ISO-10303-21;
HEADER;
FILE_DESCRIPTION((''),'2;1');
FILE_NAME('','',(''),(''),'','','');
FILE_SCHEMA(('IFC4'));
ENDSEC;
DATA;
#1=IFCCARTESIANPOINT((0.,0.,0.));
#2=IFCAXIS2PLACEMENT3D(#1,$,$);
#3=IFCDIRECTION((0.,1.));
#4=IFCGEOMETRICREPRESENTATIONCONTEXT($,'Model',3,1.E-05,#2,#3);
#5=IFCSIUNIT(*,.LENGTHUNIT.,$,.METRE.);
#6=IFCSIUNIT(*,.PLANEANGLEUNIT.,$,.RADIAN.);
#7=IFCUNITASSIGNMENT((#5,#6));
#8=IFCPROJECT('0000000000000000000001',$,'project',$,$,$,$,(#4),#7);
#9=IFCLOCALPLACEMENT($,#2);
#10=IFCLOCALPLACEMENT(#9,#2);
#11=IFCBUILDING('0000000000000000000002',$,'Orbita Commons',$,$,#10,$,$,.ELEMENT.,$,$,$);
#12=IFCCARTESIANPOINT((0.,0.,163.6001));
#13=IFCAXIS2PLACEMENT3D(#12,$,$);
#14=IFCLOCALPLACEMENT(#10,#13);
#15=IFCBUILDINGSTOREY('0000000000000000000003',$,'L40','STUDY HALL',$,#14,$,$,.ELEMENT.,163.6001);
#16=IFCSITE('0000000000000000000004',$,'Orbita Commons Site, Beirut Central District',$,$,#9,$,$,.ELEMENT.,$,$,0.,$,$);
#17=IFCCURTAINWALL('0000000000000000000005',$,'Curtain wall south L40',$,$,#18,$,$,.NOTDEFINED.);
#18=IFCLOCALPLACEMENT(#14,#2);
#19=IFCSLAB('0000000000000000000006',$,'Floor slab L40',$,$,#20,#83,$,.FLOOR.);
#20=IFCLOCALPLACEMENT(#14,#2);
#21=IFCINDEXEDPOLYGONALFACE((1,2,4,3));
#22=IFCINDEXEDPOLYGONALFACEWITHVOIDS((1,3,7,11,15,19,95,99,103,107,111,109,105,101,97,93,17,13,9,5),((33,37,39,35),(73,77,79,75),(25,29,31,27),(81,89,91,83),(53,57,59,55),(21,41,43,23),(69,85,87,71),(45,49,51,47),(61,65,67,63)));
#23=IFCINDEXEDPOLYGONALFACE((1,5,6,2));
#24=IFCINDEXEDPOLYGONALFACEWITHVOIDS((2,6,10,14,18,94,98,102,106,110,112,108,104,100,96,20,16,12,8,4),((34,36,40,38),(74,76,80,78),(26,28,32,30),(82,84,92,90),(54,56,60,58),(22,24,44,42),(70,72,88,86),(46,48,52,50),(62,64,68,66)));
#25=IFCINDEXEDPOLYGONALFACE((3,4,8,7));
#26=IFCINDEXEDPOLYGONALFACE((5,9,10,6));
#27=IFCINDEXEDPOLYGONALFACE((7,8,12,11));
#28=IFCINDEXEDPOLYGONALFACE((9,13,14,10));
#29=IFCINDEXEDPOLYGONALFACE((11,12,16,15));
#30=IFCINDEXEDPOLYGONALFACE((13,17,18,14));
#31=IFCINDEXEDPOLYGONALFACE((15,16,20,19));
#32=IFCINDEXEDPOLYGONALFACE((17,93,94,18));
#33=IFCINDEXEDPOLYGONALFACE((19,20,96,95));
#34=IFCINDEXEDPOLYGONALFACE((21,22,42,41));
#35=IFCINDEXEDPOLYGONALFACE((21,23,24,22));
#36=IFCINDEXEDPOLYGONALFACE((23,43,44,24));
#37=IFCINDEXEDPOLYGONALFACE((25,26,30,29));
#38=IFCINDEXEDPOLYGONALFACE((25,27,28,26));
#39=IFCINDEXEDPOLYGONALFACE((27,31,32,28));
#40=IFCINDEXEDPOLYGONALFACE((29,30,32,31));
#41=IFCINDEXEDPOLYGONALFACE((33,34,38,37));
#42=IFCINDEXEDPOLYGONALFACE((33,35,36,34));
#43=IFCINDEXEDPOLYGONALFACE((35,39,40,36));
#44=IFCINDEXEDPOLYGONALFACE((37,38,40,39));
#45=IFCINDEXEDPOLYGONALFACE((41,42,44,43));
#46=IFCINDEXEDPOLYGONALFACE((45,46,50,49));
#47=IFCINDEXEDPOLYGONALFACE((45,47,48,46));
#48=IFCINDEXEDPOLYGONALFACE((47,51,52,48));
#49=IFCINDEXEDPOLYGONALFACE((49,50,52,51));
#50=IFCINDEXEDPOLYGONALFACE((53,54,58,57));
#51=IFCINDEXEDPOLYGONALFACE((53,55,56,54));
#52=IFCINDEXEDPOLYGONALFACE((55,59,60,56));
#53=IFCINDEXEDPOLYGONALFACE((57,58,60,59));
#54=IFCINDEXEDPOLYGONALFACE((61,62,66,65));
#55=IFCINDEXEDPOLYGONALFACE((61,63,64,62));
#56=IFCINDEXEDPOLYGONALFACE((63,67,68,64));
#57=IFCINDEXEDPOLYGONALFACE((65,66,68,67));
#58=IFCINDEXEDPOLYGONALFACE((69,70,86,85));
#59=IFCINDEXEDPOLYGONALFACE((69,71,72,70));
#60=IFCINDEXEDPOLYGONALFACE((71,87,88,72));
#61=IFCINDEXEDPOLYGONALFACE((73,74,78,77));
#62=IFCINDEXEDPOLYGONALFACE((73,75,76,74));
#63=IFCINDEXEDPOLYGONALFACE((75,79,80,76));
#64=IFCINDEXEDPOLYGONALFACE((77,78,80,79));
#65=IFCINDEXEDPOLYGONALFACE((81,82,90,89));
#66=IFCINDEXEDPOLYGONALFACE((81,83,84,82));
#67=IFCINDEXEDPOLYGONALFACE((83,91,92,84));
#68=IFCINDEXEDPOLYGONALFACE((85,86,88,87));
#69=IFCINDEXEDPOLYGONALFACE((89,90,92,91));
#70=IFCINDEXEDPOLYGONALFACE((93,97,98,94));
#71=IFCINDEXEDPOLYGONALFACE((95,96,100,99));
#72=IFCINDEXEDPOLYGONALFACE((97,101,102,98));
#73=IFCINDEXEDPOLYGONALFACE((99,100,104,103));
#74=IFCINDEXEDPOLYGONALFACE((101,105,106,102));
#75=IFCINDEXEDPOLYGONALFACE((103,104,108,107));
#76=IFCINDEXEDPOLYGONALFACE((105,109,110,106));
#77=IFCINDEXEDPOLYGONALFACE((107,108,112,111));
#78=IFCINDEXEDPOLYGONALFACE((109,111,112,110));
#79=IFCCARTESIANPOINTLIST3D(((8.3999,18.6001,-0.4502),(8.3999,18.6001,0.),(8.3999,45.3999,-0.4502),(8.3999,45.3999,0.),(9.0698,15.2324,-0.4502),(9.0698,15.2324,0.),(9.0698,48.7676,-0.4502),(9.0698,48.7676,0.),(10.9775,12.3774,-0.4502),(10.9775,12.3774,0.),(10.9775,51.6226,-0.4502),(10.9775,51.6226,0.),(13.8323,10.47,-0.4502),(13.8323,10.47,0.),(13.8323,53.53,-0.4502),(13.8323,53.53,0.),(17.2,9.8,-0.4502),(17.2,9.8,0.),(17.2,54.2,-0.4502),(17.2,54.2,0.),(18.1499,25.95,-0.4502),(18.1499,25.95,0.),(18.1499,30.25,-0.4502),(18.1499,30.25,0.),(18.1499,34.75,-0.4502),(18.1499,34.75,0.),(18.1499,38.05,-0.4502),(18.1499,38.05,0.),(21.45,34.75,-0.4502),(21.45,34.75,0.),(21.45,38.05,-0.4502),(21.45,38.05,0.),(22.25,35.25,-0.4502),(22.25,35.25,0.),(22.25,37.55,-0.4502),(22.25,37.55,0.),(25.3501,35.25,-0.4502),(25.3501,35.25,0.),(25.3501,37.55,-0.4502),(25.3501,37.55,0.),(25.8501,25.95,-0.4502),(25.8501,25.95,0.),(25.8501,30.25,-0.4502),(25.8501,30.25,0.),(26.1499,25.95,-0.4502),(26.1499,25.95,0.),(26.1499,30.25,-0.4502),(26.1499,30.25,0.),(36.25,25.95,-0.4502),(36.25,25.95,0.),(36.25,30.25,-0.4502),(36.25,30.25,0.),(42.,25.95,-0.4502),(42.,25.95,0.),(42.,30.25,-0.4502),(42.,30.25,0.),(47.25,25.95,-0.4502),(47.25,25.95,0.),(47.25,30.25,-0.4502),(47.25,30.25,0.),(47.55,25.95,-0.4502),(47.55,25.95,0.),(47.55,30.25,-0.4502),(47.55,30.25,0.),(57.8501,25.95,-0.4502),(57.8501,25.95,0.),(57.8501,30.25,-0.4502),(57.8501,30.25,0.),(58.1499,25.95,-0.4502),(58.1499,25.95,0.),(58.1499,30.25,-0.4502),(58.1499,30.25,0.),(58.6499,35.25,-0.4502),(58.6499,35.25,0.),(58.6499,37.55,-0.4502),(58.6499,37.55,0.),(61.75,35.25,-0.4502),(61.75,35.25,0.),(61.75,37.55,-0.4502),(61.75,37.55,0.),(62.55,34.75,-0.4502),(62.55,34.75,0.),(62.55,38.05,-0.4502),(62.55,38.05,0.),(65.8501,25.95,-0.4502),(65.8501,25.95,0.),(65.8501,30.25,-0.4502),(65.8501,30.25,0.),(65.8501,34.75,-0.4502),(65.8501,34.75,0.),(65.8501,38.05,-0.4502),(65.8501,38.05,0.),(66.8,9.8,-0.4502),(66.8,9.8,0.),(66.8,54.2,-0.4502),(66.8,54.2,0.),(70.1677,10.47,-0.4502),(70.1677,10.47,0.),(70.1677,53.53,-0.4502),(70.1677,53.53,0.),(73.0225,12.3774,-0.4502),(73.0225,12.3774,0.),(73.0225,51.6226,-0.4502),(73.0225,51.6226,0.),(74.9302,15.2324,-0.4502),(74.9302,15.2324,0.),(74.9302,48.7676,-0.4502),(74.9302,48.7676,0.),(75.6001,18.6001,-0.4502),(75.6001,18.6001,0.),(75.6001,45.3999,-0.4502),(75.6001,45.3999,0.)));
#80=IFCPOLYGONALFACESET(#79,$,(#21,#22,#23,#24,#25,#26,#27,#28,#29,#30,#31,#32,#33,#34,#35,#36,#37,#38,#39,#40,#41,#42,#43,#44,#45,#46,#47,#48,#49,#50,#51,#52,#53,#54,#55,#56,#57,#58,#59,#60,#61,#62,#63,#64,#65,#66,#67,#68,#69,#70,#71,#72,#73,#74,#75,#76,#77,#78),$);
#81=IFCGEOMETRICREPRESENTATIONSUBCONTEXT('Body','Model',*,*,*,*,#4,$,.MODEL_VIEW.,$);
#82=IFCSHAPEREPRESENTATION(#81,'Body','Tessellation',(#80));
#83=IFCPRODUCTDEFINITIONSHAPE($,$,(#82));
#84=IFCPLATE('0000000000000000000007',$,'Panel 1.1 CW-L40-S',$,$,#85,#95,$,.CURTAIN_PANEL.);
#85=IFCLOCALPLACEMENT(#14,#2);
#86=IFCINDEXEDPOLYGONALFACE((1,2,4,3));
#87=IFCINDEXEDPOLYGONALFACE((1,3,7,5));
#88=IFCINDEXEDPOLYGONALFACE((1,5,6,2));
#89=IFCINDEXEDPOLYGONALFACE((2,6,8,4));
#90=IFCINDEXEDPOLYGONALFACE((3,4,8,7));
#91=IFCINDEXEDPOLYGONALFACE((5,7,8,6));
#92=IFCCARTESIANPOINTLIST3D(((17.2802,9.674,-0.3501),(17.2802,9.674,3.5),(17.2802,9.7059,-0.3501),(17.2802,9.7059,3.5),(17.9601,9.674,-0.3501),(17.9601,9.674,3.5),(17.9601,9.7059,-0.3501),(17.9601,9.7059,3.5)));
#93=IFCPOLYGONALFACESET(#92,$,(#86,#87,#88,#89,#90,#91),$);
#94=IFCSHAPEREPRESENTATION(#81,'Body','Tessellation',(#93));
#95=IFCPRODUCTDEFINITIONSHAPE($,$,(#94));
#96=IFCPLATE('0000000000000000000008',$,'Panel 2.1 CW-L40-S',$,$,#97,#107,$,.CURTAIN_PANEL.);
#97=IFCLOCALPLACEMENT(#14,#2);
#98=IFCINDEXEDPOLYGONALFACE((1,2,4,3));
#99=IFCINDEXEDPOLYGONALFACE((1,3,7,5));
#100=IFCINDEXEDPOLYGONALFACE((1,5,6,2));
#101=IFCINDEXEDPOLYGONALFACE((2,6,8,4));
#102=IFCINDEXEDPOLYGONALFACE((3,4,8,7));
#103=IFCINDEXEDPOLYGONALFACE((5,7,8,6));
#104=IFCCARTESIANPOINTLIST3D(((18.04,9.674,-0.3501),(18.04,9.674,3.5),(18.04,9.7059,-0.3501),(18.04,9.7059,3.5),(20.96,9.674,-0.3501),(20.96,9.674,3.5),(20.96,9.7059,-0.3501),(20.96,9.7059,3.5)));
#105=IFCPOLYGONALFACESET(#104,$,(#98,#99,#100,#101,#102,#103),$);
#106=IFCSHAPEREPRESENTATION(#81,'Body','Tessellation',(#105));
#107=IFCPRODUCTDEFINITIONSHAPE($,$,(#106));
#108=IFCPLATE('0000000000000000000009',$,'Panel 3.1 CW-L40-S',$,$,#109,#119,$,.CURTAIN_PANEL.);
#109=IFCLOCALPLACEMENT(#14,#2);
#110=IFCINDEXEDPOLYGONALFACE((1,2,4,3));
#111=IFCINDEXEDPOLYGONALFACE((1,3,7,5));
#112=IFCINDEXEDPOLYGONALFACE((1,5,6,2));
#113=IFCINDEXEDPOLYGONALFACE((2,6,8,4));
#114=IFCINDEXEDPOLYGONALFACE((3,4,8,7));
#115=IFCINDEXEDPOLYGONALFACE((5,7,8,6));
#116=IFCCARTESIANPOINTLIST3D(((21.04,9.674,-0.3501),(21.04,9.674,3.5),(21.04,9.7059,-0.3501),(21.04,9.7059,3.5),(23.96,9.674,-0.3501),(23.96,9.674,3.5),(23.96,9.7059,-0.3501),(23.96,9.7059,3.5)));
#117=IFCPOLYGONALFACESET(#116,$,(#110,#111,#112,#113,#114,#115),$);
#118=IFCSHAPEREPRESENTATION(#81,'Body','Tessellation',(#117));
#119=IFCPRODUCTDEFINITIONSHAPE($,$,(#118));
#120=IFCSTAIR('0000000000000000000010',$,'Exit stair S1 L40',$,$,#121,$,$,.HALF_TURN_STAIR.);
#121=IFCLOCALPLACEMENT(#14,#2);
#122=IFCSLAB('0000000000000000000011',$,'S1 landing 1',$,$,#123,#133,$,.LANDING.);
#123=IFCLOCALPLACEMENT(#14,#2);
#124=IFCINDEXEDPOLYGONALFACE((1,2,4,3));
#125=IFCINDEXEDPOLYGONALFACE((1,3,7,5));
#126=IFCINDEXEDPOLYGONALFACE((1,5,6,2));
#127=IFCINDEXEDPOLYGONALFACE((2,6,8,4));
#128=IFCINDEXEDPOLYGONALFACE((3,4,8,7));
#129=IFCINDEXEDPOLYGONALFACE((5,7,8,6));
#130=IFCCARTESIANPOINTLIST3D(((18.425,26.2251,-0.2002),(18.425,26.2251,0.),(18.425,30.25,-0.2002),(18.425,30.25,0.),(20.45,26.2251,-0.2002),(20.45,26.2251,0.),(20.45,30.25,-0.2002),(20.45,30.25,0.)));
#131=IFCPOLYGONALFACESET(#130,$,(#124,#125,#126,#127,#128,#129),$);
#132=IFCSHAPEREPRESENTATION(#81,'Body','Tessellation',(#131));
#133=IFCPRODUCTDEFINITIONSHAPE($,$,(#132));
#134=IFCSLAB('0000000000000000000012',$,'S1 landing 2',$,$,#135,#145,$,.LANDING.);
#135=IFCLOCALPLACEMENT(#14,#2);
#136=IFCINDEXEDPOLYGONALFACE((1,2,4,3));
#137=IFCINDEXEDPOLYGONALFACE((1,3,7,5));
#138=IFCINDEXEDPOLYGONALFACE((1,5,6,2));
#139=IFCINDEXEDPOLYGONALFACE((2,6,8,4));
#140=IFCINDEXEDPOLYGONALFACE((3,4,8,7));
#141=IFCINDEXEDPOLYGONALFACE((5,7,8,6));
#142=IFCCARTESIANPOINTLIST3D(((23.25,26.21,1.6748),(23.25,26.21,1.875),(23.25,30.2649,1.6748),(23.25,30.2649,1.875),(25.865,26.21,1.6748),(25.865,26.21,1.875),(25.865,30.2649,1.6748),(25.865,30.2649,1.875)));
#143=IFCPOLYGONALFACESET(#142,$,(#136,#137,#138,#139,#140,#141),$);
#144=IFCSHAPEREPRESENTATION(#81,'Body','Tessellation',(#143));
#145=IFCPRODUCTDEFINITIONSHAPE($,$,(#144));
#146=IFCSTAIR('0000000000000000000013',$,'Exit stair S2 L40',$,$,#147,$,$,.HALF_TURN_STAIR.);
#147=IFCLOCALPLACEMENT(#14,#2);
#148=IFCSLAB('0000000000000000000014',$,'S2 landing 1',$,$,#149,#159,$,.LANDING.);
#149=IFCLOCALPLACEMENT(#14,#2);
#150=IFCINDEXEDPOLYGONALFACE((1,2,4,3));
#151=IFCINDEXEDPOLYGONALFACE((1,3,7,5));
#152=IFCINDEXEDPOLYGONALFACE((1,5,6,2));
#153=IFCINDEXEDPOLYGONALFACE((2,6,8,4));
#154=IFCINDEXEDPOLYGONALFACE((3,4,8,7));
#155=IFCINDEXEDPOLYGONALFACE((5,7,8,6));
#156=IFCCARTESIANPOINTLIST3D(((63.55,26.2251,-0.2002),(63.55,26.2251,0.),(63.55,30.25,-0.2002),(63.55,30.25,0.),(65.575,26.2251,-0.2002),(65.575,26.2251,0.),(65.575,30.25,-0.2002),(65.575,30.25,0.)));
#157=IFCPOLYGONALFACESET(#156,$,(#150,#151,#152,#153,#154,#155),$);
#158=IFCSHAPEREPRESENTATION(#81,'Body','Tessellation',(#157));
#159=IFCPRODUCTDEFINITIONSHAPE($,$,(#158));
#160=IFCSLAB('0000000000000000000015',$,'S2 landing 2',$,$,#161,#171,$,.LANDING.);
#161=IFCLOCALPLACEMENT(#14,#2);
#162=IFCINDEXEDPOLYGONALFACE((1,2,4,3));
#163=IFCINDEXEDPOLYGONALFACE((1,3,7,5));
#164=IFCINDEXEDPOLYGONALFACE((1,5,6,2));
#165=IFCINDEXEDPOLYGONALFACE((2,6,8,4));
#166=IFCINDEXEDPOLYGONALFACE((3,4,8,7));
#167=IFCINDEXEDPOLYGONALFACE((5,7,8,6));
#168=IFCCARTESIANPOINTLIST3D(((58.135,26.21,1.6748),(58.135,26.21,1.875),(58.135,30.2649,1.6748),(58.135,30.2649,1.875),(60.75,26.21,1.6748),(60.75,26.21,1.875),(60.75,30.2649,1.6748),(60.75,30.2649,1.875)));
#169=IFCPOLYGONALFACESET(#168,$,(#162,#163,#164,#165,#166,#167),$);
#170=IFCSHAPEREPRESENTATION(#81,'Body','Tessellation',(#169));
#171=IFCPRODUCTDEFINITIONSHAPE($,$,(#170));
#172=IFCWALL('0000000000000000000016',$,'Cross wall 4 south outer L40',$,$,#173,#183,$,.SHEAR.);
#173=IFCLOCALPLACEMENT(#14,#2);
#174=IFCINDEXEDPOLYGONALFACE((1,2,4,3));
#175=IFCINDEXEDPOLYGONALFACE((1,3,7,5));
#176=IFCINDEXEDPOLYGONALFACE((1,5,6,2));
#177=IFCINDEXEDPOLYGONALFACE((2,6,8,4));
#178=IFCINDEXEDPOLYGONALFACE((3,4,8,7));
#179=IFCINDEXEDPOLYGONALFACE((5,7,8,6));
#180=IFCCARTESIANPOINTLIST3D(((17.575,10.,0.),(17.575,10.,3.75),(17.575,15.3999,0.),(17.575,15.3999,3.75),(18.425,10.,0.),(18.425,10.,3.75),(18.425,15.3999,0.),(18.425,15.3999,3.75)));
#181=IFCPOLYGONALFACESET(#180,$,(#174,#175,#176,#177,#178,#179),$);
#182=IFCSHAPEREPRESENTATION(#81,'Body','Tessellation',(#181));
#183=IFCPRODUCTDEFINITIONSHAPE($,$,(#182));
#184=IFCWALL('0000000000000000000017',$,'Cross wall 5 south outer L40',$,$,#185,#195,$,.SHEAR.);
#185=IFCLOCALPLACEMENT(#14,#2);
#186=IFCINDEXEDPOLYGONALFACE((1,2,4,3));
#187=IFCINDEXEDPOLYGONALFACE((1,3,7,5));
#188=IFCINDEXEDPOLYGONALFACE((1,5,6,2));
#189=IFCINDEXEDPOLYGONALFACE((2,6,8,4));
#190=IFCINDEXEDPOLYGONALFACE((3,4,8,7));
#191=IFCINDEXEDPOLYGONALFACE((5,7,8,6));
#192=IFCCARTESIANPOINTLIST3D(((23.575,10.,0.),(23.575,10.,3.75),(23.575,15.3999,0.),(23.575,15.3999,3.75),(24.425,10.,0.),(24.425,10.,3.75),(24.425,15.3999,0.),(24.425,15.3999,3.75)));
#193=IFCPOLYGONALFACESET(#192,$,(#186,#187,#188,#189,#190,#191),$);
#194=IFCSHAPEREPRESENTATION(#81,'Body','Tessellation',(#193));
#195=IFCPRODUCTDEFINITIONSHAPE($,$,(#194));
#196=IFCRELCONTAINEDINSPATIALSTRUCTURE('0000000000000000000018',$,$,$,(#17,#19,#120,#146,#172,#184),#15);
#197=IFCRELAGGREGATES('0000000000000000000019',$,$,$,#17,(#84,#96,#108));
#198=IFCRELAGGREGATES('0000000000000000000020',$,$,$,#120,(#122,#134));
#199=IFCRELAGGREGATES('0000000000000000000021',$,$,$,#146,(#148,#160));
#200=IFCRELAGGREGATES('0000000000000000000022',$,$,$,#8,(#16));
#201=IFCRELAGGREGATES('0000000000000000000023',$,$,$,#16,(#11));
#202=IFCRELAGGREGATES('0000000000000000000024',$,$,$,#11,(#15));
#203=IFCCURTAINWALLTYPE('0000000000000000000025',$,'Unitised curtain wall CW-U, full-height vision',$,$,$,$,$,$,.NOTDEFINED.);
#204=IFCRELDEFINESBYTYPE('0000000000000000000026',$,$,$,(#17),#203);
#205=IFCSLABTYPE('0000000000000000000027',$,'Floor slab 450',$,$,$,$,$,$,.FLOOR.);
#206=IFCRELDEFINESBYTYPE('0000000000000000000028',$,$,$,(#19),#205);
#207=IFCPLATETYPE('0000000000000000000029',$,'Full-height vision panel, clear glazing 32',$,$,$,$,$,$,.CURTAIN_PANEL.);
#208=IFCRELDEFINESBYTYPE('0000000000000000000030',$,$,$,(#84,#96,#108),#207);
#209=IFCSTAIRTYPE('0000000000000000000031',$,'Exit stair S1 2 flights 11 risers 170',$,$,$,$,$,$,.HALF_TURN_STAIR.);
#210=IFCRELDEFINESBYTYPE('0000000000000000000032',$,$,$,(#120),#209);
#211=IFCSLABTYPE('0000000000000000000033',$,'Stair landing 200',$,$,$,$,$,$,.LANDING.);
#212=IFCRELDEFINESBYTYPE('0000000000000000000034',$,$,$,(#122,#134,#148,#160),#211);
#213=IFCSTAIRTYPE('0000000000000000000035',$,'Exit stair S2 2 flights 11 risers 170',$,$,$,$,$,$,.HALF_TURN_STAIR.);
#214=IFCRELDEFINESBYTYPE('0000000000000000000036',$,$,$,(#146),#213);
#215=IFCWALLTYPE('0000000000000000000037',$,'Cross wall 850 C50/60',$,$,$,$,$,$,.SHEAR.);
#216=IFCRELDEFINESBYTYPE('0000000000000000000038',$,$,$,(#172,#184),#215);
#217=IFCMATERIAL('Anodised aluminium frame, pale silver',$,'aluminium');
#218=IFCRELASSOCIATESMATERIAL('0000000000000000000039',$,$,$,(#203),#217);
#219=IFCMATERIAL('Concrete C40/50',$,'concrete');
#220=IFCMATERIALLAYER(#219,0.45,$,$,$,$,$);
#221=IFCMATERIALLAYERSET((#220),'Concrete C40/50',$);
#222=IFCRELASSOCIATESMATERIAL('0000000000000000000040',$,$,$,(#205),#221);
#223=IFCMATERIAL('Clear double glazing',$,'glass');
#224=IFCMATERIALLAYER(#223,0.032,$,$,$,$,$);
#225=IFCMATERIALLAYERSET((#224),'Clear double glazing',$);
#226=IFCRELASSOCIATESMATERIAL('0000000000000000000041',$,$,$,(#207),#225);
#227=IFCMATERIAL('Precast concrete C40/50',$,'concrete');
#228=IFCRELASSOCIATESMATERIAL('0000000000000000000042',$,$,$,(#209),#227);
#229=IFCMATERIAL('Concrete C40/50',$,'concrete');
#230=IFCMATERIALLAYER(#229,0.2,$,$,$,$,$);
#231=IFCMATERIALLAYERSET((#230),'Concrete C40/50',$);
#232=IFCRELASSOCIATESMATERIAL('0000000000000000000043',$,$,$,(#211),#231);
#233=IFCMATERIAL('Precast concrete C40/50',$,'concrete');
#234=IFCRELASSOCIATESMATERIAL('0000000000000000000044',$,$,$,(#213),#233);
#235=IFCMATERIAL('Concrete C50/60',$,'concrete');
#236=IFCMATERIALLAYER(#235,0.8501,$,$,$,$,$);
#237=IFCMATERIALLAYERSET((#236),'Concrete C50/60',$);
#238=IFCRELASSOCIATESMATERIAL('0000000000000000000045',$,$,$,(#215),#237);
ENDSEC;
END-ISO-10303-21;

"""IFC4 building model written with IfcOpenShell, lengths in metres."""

from ifc_helpers import new_model, si_unit, direction, frame, frame_2d, origin, origin_2d, place, context, subcontext, project, spatial, polyline, rectangle, outline, extrude, material, layer, layer_set, type_object, element, aggregate, save


model = new_model("IFC4")

# Units and contexts
model_context = context("Model", 3, precision=1e-05, world=origin(), true_north=direction((0.0, 1.0)))
body_context = subcontext(model_context, "Body", "Model", "MODEL_VIEW")
ifc_project = project(units=[si_unit("LENGTHUNIT", "METRE"), si_unit("PLANEANGLEUNIT", "RADIAN")], contexts=[model_context])

# Site, building, storey
site_placement = place(None, origin())
site = spatial("IfcSite", under=ifc_project, at=site_placement, Name="Orbita Commons Site, Beirut Central District", CompositionType="ELEMENT", RefElevation=0.0)
building_placement = place(site_placement, origin())
building = spatial("IfcBuilding", under=site, at=building_placement, Name="Orbita Commons", CompositionType="ELEMENT")
storey_placement = place(building_placement, frame((0.0, 0.0, 163.6001)))
storey = spatial("IfcBuildingStorey", under=building, at=storey_placement, Name="L40", Description="STUDY HALL", CompositionType="ELEMENT", Elevation=163.6001)

# Curtain wall
ifc_material_1 = material(Name="Anodised aluminium frame, pale silver", Category="aluminium")
curtain_wall_type = type_object("IfcCurtainWallType", Name="Unitised curtain wall CW-U, full-height vision", PredefinedType="NOTDEFINED", material=ifc_material_1)
curtain_wall_placement = place(storey_placement, origin())
curtain_wall = element("IfcCurtainWall", 1, at=curtain_wall_placement, inside=storey, type_object=curtain_wall_type, Name="Curtain wall south L40", PredefinedType="NOTDEFINED")

# Slab
ifc_material_2 = material(Name="Concrete C40/50", Category="concrete")
ifc_layer_1 = layer(ifc_material_2, 0.45)
ifc_layer_set_1 = layer_set([ifc_layer_1], Name="Concrete C40/50")
slab_type_1 = type_object("IfcSlabType", Name="Floor slab 450", PredefinedType="FLOOR", material=ifc_layer_set_1)
slab_1_placement = place(storey_placement, frame((0.0, 0.0, -0.4502)))
element("IfcSlab", 2, at=slab_1_placement, inside=storey, type_object=slab_type_1, Name="Floor slab L40", PredefinedType="FLOOR", context=body_context, shape_type="SweptSolid", body=[
    extrude(outline(polyline([(66.8, 9.8), (70.1677, 10.47), (73.0225, 12.3774), (74.9302, 15.2324), (75.6001, 18.6001), (75.6001, 45.3999), (74.9302, 48.7676), (73.0225, 51.6226), (70.1677, 53.53), (66.8, 54.2), (17.2, 54.2), (13.8323, 53.53), (10.9775, 51.6226), (9.0698, 48.7676), (8.3999, 45.3999), (8.3999, 18.6001), (9.0698, 15.2324), (10.9775, 12.3774), (13.8323, 10.47), (17.2, 9.8), (66.8, 9.8)]), holes=[polyline([(18.1499, 25.95), (25.8501, 25.95), (25.8501, 30.25), (18.1499, 30.25), (18.1499, 25.95)]), polyline([(58.1499, 25.95), (65.8501, 25.95), (65.8501, 30.25), (58.1499, 30.25), (58.1499, 25.95)]), polyline([(18.1499, 34.75), (21.45, 34.75), (21.45, 38.05), (18.1499, 38.05), (18.1499, 34.75)]), polyline([(62.55, 34.75), (65.8501, 34.75), (65.8501, 38.05), (62.55, 38.05), (62.55, 34.75)]), polyline([(22.25, 35.25), (25.3501, 35.25), (25.3501, 37.55), (22.25, 37.55), (22.25, 35.25)]), polyline([(58.6499, 35.25), (61.75, 35.25), (61.75, 37.55), (58.6499, 37.55), (58.6499, 35.25)]), polyline([(26.1499, 25.95), (36.25, 25.95), (36.25, 30.25), (26.1499, 30.25), (26.1499, 25.95)]), polyline([(42.0, 25.95), (47.25, 25.95), (47.25, 30.25), (42.0, 30.25), (42.0, 25.95)]), polyline([(47.55, 25.95), (57.8501, 25.95), (57.8501, 30.25), (47.55, 30.25), (47.55, 25.95)])]), origin(), (0.0, 0.0, 1.0), 0.4502),
])

# Plates
ifc_material_3 = material(Name="Clear double glazing", Category="glass")
ifc_layer_2 = layer(ifc_material_3, 0.032)
ifc_layer_set_2 = layer_set([ifc_layer_2], Name="Clear double glazing")
plate_type = type_object("IfcPlateType", Name="Full-height vision panel, clear glazing 32", PredefinedType="CURTAIN_PANEL", material=ifc_layer_set_2)
plate_1_placement = place(storey_placement, frame((17.6201, 9.6899, -0.3501), z_axis=(0.0, 0.0, 1.0), x_axis=(1.0, 0.0, 0.0)))
plate_1 = element("IfcPlate", 3, at=plate_1_placement, type_object=plate_type, Name="Panel 1.1 CW-L40-S", PredefinedType="CURTAIN_PANEL", context=body_context, shape_type="SweptSolid", body=[
    extrude(rectangle(XDim=0.6799, YDim=0.032, at=origin_2d()), origin(), (0.0, 0.0, 1.0), 3.8501),
])
plate_2_placement = place(storey_placement, frame((19.5, 9.6899, -0.3501), z_axis=(0.0, 0.0, 1.0), x_axis=(1.0, 0.0, 0.0)))
plate_2 = element("IfcPlate", 4, at=plate_2_placement, type_object=plate_type, Name="Panel 2.1 CW-L40-S", PredefinedType="CURTAIN_PANEL", context=body_context, shape_type="SweptSolid", body=[
    extrude(rectangle(XDim=2.9199, YDim=0.032, at=origin_2d()), origin(), (0.0, 0.0, 1.0), 3.8501),
])
plate_3_placement = place(storey_placement, frame((22.5, 9.6899, -0.3501), z_axis=(0.0, 0.0, 1.0), x_axis=(1.0, 0.0, 0.0)))
plate_3 = element("IfcPlate", 5, at=plate_3_placement, type_object=plate_type, Name="Panel 3.1 CW-L40-S", PredefinedType="CURTAIN_PANEL", context=body_context, shape_type="SweptSolid", body=[
    extrude(rectangle(XDim=2.9199, YDim=0.032, at=origin_2d()), origin(), (0.0, 0.0, 1.0), 3.8501),
])
aggregate(curtain_wall, [plate_1, plate_2, plate_3])

# Stairs, slabs
ifc_material_4 = material(Name="Precast concrete C40/50", Category="concrete")
stair_type_1 = type_object("IfcStairType", Name="Exit stair S1 2 flights 11 risers 170", PredefinedType="HALF_TURN_STAIR", material=ifc_material_4)
stair_1_placement = place(storey_placement, origin())
stair_1 = element("IfcStair", 6, at=stair_1_placement, inside=storey, type_object=stair_type_1, Name="Exit stair S1 L40", PredefinedType="HALF_TURN_STAIR")
ifc_material_5 = material(Name="Concrete C40/50", Category="concrete")
ifc_layer_3 = layer(ifc_material_5, 0.2)
ifc_layer_set_3 = layer_set([ifc_layer_3], Name="Concrete C40/50")
slab_type_2 = type_object("IfcSlabType", Name="Stair landing 200", PredefinedType="LANDING", material=ifc_layer_set_3)
slab_2_placement = place(storey_placement, frame((0.0, 0.0, -0.2002)))
slab_2 = element("IfcSlab", 7, at=slab_2_placement, type_object=slab_type_2, Name="S1 landing 1", PredefinedType="LANDING", context=body_context, shape_type="SweptSolid", body=[
    extrude(outline(polyline([(18.425, 26.2251), (20.45, 26.2251), (20.45, 30.25), (18.425, 30.25), (18.425, 26.2251)])), origin(), (0.0, 0.0, 1.0), 0.2002),
])
slab_3_placement = place(storey_placement, frame((0.0, 0.0, 1.6748)))
slab_3 = element("IfcSlab", 8, at=slab_3_placement, type_object=slab_type_2, Name="S1 landing 2", PredefinedType="LANDING", context=body_context, shape_type="SweptSolid", body=[
    extrude(outline(polyline([(23.25, 26.21), (25.865, 26.21), (25.865, 30.2649), (23.25, 30.2649), (23.25, 26.21)])), origin(), (0.0, 0.0, 1.0), 0.2002),
])
aggregate(stair_1, [slab_2, slab_3])
ifc_material_6 = material(Name="Precast concrete C40/50", Category="concrete")
stair_type_2 = type_object("IfcStairType", Name="Exit stair S2 2 flights 11 risers 170", PredefinedType="HALF_TURN_STAIR", material=ifc_material_6)
stair_2_placement = place(storey_placement, origin())
stair_2 = element("IfcStair", 9, at=stair_2_placement, inside=storey, type_object=stair_type_2, Name="Exit stair S2 L40", PredefinedType="HALF_TURN_STAIR")
slab_4_placement = place(storey_placement, frame((0.0, 0.0, -0.2002)))
slab_4 = element("IfcSlab", 10, at=slab_4_placement, type_object=slab_type_2, Name="S2 landing 1", PredefinedType="LANDING", context=body_context, shape_type="SweptSolid", body=[
    extrude(outline(polyline([(63.55, 26.2251), (65.575, 26.2251), (65.575, 30.25), (63.55, 30.25), (63.55, 26.2251)])), origin(), (0.0, 0.0, 1.0), 0.2002),
])
slab_5_placement = place(storey_placement, frame((0.0, 0.0, 1.6748)))
slab_5 = element("IfcSlab", 11, at=slab_5_placement, type_object=slab_type_2, Name="S2 landing 2", PredefinedType="LANDING", context=body_context, shape_type="SweptSolid", body=[
    extrude(outline(polyline([(58.135, 26.21), (60.75, 26.21), (60.75, 30.2649), (58.135, 30.2649), (58.135, 26.21)])), origin(), (0.0, 0.0, 1.0), 0.2002),
])
aggregate(stair_2, [slab_4, slab_5])

# Walls
ifc_material_7 = material(Name="Concrete C50/60", Category="concrete")
ifc_layer_4 = layer(ifc_material_7, 0.8501)
ifc_layer_set_4 = layer_set([ifc_layer_4], Name="Concrete C50/60")
wall_type_1 = type_object("IfcWallType", Name="Cross wall 850 C50/60", PredefinedType="SHEAR", material=ifc_layer_set_4)
for number, where, z_axis, x_axis, name in (
    (12, (18.0, 10.0, 0.0), (0.0, 0.0, 1.0), (0.0, 1.0, 0.0), "Cross wall 4 south outer L40"),
    (13, (24.0, 10.0, 0.0), (0.0, 0.0, 1.0), (0.0, 1.0, 0.0), "Cross wall 5 south outer L40"),
):
    element("IfcWall", number, at=place(storey_placement, frame(where, z_axis=z_axis, x_axis=x_axis)), inside=storey, type_object=wall_type_1, Name=name, PredefinedType="SHEAR", context=body_context, shape_type="SweptSolid", body=[
        extrude(rectangle(XDim=5.3999, YDim=0.8501, at=frame_2d((2.7, 0.0))), origin(), (0.0, 0.0, 1.0), 3.75),
    ])

save(model, "model.ifc")
